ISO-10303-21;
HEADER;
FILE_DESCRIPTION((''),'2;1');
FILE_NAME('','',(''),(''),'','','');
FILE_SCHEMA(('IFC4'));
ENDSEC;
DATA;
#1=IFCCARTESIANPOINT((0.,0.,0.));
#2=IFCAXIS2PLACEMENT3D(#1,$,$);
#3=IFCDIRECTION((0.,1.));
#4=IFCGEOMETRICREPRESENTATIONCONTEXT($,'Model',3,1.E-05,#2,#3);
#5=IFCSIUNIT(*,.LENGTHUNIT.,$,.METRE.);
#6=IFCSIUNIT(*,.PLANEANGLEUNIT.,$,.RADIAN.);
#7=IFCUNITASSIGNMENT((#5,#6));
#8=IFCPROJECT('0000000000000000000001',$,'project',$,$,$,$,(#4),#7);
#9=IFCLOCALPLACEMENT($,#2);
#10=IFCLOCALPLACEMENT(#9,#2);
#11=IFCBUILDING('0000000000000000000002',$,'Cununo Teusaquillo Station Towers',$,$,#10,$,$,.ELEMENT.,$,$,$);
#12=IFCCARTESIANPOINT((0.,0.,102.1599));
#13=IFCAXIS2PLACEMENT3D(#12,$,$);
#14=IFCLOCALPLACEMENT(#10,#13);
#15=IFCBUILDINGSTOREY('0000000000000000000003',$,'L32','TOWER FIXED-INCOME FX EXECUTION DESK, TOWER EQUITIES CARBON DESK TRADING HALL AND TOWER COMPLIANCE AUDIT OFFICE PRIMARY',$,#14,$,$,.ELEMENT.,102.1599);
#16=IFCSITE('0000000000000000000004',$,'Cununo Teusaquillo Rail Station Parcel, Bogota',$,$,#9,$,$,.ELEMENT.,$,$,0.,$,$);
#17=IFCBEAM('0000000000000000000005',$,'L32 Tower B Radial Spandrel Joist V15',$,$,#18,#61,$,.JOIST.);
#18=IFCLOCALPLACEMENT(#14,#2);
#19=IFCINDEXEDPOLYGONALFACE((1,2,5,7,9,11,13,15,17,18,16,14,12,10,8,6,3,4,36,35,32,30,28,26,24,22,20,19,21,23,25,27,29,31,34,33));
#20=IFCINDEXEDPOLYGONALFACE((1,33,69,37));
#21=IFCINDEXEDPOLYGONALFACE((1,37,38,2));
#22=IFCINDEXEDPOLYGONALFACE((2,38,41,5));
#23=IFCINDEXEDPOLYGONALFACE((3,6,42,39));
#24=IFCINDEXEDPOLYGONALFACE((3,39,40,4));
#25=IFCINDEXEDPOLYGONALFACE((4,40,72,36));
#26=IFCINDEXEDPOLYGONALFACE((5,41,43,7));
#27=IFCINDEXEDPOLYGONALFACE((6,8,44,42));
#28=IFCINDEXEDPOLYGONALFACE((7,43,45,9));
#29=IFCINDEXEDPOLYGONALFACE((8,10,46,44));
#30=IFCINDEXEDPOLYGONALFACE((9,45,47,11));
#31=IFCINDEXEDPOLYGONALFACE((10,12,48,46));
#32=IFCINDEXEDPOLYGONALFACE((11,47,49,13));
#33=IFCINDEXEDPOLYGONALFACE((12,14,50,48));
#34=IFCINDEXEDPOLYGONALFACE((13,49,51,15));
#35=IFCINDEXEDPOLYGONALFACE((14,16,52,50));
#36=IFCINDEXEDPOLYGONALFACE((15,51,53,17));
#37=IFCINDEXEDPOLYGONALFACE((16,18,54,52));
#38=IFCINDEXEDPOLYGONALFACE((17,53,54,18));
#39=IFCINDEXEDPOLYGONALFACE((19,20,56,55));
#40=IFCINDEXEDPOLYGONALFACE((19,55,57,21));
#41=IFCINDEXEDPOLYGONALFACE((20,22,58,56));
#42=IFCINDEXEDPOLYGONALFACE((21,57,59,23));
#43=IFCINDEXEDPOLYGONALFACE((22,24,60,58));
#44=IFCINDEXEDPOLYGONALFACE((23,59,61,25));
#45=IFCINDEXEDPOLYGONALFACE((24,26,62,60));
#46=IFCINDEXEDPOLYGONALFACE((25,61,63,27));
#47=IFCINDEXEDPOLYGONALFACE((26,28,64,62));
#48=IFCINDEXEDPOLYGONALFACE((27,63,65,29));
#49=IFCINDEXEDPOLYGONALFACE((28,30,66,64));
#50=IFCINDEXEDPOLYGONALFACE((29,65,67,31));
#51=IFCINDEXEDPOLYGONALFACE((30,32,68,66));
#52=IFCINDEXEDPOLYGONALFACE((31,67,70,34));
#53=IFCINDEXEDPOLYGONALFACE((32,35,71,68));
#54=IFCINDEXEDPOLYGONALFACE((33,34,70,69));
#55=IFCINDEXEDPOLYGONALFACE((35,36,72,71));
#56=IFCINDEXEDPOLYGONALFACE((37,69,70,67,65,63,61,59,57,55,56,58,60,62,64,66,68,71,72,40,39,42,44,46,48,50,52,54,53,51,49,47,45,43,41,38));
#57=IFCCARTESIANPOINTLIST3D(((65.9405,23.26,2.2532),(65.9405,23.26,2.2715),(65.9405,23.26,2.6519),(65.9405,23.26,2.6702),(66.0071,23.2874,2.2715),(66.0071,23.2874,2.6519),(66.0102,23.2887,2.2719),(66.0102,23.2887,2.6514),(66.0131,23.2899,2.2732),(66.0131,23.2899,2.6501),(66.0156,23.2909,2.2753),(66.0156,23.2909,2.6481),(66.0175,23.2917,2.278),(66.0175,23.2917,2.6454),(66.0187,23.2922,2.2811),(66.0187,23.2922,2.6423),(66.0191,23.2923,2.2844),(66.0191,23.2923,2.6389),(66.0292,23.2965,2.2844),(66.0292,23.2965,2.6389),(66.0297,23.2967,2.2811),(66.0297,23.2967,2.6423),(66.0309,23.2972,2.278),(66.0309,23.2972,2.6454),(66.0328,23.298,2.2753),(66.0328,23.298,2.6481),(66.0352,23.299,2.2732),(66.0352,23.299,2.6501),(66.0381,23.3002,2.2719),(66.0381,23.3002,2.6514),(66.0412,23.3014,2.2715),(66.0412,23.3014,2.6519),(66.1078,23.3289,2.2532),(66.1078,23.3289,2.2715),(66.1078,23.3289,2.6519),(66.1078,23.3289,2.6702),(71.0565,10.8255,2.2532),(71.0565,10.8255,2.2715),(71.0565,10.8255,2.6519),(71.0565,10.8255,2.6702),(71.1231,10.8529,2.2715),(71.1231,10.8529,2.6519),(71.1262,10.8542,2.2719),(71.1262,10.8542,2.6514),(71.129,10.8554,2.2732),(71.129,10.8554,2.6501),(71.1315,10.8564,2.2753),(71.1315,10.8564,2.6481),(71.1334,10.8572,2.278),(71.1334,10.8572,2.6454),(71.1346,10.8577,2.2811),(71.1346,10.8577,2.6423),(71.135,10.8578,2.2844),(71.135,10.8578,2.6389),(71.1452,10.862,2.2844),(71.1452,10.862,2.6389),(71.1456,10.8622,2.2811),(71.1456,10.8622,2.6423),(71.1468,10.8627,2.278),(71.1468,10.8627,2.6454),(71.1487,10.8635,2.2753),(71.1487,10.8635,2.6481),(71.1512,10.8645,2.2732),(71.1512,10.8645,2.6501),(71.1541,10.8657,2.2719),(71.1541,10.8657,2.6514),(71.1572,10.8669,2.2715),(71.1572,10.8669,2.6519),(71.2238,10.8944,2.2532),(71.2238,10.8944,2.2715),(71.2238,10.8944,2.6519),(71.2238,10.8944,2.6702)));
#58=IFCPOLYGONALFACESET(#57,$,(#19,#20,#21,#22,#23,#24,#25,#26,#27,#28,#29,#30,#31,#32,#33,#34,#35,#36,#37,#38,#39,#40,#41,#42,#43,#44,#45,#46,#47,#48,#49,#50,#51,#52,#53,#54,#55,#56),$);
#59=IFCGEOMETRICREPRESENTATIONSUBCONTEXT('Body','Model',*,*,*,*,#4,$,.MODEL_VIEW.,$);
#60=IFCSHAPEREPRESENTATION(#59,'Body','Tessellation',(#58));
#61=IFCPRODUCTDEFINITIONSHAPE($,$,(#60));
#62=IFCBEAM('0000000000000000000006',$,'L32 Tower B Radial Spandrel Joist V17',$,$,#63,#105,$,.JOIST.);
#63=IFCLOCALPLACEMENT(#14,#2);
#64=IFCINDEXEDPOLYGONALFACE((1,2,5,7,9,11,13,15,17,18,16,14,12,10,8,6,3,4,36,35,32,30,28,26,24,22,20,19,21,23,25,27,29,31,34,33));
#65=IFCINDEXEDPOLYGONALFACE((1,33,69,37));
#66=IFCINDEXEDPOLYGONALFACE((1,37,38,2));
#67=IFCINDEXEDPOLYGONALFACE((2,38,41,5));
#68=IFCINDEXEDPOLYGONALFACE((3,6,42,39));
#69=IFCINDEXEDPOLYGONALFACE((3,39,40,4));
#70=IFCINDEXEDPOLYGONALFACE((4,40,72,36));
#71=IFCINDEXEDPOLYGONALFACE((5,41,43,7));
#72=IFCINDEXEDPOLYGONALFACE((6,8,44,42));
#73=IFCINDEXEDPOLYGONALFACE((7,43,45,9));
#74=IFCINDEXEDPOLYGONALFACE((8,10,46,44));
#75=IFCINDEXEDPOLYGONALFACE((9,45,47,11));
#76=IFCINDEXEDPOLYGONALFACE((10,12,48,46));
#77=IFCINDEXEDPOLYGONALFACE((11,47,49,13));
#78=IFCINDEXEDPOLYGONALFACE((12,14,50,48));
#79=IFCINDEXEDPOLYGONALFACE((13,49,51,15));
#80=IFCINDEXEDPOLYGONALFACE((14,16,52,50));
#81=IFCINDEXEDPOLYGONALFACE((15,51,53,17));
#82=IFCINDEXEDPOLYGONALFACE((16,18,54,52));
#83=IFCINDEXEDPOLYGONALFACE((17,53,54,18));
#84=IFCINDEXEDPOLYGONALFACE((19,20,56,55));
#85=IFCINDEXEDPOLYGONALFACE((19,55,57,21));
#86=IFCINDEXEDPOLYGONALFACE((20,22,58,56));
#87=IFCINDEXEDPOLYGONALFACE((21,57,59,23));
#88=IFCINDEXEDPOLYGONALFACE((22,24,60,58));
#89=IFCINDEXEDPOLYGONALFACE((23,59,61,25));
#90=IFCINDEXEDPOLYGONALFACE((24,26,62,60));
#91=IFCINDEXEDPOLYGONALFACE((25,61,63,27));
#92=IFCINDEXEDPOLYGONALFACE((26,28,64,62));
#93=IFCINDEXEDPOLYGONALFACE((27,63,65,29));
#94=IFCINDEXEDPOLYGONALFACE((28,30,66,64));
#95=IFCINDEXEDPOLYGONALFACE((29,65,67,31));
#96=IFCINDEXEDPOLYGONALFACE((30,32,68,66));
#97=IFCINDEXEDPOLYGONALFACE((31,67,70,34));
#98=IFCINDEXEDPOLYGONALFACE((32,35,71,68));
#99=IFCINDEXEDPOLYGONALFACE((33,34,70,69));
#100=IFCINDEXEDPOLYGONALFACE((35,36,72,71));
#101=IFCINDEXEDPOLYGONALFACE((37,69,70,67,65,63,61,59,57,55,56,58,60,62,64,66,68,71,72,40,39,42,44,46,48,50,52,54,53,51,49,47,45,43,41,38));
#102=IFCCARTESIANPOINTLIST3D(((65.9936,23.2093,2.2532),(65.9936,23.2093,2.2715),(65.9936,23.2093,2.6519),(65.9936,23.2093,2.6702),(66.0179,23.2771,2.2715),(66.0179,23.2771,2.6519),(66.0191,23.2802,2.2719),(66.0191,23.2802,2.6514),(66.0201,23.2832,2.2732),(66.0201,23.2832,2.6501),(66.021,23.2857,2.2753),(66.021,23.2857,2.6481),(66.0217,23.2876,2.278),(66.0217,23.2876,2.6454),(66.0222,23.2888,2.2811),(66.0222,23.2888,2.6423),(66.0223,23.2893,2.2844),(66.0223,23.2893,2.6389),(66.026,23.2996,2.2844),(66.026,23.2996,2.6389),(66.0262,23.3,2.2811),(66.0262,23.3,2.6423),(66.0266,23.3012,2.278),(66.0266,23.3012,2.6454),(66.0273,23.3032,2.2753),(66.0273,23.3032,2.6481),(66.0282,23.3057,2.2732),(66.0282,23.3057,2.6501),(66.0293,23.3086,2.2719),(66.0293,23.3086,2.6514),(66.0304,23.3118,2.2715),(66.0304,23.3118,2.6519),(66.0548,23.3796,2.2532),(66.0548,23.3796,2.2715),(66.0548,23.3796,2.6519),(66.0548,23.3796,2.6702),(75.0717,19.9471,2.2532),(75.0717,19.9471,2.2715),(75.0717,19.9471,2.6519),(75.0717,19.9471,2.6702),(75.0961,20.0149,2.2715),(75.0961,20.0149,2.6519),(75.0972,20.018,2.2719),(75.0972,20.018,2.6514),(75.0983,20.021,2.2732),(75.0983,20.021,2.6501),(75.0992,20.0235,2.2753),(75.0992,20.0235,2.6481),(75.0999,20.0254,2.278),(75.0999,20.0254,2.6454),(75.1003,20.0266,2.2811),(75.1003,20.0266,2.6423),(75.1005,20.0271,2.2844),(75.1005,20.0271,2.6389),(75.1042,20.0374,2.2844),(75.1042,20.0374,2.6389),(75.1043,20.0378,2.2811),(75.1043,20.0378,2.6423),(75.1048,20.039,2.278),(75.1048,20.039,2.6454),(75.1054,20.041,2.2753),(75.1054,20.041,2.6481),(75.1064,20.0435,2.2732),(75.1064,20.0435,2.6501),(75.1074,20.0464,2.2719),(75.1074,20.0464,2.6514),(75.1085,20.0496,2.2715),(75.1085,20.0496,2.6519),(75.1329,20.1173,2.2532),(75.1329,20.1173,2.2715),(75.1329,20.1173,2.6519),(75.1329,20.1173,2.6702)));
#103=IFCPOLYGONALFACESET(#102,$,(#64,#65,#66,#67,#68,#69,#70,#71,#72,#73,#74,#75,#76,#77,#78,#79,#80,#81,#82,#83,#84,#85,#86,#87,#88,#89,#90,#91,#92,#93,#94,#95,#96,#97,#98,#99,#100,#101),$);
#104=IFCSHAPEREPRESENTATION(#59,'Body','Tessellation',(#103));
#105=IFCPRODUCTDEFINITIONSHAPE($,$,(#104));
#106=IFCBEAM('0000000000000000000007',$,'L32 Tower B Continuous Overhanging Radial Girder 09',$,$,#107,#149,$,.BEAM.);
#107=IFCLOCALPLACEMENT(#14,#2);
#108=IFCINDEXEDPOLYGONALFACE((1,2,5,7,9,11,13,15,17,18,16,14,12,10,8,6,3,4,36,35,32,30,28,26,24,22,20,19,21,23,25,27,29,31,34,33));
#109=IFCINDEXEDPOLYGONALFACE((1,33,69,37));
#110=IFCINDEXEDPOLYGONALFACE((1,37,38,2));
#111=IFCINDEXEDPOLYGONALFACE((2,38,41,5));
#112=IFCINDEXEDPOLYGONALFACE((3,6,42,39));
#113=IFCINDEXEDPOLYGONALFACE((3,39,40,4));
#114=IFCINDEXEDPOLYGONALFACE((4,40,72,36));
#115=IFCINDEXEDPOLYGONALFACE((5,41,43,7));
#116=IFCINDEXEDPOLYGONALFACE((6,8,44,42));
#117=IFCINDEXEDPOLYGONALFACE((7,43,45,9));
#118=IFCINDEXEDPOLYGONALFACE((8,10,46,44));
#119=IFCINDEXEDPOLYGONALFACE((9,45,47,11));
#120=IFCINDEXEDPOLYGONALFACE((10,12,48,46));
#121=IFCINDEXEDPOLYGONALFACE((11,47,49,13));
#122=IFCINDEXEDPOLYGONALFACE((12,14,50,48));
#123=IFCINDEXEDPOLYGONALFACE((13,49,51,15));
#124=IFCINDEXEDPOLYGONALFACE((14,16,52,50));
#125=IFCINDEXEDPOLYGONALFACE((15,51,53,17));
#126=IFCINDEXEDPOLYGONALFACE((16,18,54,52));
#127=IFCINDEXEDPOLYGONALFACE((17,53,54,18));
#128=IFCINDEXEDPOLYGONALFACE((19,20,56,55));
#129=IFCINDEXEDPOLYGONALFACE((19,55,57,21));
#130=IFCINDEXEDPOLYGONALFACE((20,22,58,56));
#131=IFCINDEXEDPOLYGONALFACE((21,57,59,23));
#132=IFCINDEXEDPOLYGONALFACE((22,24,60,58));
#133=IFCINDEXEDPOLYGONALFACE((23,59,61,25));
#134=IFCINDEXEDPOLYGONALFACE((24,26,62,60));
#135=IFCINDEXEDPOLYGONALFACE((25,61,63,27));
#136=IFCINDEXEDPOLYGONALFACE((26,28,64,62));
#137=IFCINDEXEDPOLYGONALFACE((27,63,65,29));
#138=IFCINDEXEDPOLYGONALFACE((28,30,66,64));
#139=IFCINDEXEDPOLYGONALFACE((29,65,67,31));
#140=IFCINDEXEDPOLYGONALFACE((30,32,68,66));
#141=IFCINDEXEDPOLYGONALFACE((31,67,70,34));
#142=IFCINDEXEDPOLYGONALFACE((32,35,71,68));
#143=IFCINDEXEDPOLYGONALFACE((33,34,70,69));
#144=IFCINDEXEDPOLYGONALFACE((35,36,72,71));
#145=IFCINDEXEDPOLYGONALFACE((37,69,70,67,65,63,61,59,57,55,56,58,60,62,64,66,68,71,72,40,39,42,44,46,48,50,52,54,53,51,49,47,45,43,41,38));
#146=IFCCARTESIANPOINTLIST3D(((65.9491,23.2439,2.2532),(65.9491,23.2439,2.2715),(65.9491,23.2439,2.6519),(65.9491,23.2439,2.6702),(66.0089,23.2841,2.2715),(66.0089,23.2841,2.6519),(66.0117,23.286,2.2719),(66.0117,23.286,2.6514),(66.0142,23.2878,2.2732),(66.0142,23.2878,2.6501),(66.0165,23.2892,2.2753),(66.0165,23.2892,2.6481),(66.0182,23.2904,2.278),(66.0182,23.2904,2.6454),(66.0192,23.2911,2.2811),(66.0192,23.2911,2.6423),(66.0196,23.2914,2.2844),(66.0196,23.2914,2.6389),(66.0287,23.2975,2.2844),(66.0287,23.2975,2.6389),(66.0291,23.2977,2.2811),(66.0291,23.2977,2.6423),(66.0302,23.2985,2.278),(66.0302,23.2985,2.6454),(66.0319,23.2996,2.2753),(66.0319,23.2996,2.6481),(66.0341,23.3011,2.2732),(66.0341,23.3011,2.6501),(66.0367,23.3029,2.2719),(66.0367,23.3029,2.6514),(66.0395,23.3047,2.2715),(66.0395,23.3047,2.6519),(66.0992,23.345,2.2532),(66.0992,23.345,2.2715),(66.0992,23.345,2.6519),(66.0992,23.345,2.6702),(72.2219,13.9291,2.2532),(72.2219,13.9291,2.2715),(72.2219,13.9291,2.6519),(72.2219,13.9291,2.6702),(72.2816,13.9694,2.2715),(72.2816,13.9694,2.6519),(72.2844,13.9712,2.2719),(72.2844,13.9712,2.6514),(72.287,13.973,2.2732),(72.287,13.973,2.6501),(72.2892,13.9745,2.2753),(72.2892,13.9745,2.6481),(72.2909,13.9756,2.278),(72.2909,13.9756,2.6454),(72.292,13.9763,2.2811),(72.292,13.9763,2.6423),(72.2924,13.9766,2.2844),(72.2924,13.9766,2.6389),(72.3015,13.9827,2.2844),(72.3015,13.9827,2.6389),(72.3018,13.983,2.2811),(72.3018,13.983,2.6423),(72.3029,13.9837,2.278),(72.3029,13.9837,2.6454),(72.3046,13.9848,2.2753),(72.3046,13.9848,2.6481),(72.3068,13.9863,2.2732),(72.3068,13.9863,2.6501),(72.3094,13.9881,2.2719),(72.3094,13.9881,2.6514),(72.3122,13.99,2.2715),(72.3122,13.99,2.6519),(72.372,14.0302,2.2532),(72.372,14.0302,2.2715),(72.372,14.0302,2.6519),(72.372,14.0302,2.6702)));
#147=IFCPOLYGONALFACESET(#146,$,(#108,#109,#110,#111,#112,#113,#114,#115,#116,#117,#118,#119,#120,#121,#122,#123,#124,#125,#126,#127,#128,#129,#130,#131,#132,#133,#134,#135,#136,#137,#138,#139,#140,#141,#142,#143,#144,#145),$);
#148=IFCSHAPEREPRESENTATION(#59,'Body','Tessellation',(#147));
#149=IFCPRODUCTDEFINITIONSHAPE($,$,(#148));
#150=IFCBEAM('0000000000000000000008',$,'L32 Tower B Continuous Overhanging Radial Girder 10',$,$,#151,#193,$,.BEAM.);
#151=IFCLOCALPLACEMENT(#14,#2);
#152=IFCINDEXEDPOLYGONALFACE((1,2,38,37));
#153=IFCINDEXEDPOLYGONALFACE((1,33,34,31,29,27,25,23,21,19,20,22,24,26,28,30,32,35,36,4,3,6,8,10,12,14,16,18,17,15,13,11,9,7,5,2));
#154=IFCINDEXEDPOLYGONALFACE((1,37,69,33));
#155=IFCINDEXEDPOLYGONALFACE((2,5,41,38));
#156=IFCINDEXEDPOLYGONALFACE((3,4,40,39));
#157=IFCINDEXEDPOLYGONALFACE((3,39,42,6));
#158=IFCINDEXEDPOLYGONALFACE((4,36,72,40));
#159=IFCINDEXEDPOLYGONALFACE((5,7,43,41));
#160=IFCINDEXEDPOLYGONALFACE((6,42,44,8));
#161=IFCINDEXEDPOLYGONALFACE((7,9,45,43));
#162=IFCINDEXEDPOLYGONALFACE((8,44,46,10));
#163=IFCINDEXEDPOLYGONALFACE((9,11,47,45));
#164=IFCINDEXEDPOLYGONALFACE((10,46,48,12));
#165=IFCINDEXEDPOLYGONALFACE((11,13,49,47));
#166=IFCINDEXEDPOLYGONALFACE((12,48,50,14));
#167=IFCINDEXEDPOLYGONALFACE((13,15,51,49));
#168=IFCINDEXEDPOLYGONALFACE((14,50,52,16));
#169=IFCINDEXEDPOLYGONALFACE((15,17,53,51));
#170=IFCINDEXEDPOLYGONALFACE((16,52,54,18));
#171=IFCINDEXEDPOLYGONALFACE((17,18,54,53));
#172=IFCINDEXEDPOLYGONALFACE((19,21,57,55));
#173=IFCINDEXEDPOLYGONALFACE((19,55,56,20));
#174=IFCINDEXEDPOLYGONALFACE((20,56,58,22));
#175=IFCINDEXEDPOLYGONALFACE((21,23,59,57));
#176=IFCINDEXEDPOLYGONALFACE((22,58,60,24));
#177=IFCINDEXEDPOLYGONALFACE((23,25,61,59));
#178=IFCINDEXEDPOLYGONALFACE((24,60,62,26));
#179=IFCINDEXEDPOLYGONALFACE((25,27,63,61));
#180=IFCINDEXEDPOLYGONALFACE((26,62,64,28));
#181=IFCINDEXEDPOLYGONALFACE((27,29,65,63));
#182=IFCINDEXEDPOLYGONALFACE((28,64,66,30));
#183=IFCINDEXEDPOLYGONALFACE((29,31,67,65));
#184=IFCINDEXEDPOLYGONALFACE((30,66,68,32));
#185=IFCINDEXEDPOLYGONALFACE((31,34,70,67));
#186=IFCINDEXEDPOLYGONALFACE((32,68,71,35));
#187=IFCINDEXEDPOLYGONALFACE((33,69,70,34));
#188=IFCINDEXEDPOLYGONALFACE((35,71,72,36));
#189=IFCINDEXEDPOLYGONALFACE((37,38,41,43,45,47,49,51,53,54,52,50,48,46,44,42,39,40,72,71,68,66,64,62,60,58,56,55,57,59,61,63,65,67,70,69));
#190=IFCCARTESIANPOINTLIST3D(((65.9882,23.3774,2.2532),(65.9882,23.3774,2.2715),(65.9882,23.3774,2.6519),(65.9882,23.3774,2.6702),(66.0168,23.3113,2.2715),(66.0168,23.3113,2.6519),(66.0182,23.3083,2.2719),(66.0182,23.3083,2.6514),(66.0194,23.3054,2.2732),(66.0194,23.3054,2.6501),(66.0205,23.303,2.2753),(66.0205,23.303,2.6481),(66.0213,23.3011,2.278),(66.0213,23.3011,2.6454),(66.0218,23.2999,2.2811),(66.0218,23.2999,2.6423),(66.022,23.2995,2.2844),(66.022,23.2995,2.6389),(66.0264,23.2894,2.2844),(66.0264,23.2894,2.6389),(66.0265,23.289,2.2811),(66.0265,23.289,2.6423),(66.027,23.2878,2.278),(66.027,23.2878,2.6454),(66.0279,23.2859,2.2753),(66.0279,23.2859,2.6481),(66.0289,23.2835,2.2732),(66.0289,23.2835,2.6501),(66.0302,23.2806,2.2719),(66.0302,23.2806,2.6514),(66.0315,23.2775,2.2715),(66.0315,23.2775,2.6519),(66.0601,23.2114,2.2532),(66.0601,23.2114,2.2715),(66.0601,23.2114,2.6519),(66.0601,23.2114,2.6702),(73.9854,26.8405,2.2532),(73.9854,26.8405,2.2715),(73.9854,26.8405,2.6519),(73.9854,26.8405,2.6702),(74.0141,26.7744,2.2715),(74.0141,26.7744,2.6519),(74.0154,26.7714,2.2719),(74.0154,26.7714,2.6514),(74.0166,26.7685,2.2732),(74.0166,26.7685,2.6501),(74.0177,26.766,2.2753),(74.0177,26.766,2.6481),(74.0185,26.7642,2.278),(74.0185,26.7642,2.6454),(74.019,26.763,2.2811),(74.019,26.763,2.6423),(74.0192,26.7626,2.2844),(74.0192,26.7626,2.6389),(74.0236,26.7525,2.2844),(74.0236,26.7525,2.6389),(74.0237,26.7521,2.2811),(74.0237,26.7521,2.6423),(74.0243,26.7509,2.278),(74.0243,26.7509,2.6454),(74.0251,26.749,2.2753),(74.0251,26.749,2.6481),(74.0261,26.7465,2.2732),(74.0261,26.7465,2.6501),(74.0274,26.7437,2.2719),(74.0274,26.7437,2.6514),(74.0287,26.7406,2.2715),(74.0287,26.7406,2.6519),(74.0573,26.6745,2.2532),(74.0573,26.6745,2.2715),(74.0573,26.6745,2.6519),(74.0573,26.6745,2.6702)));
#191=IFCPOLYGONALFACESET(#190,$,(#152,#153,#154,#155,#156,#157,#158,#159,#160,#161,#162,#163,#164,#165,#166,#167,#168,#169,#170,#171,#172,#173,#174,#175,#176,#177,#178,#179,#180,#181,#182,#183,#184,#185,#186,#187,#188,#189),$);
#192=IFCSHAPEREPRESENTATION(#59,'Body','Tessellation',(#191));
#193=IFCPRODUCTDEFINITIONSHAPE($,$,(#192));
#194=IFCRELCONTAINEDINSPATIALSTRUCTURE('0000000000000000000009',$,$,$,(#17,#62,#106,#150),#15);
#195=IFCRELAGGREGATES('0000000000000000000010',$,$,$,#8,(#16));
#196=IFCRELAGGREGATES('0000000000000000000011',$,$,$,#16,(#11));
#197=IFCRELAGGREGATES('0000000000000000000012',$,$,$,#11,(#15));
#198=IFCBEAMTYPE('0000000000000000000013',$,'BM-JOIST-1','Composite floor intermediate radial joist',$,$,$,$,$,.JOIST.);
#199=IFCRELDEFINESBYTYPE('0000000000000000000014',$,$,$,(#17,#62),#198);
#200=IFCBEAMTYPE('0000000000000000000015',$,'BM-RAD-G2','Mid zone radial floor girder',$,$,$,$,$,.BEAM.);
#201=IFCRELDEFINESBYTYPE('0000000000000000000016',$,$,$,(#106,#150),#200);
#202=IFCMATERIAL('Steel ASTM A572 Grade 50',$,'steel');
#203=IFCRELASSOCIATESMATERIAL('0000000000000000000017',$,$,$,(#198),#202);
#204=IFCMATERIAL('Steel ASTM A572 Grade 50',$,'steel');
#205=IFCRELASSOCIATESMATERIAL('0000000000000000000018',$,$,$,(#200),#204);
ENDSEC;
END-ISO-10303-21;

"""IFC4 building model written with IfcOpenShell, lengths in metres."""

from ifc_helpers import new_model, si_unit, direction, frame, origin, origin_2d, place, context, subcontext, project, spatial, i_section, extrude, material, material_profile, profile_set, type_object, element, save


model = new_model("IFC4")

# Units and contexts
model_context = context("Model", 3, precision=1e-05, world=origin(), true_north=direction((0.0, 1.0)))
body_context = subcontext(model_context, "Body", "Model", "MODEL_VIEW")
ifc_project = project(units=[si_unit("LENGTHUNIT", "METRE"), si_unit("PLANEANGLEUNIT", "RADIAN")], contexts=[model_context])

# Site, building, storey
site_placement = place(None, origin())
site = spatial("IfcSite", under=ifc_project, at=site_placement, Name="Cununo Teusaquillo Rail Station Parcel, Bogota", CompositionType="ELEMENT", RefElevation=0.0)
building_placement = place(site_placement, origin())
building = spatial("IfcBuilding", under=site, at=building_placement, Name="Cununo Teusaquillo Station Towers", CompositionType="ELEMENT")
storey_placement = place(building_placement, frame((0.0, 0.0, 102.1599)))
storey = spatial("IfcBuildingStorey", under=building, at=storey_placement, Name="L32", Description="TOWER FIXED-INCOME FX EXECUTION DESK, TOWER EQUITIES CARBON DESK TRADING HALL AND TOWER COMPLIANCE AUDIT OFFICE PRIMARY", CompositionType="ELEMENT", Elevation=102.1599)

# Beams
ifc_material_1 = material(Name="Steel ASTM A572 Grade 50", Category="steel")
ifc_material_profile_1 = material_profile(ifc_material_1, i_section(OverallWidth=0.1809, OverallDepth=0.417, WebThickness=0.011, FlangeThickness=0.0183, FilletRadius=0.0129, at=origin_2d()), Name="W16X57")
ifc_profile_set_1 = profile_set([ifc_material_profile_1], Name="Steel ASTM A572 Grade 50")
beam_type_1 = type_object("IfcBeamType", Name="BM-JOIST-1", Description="Composite floor intermediate radial joist", PredefinedType="JOIST", material=ifc_profile_set_1)
beam_1_placement = place(storey_placement, frame((66.0242, 23.2944, 2.4617), z_axis=(0.380486, -0.924787, 0.0), x_axis=(0.924787, 0.380486, 0.0)))
element("IfcBeam", 1, at=beam_1_placement, inside=storey, type_object=beam_type_1, Name="L32 Tower B Radial Spandrel Joist V15", PredefinedType="JOIST", context=body_context, shape_type="SweptSolid", body=[
    extrude(i_section(OverallWidth=0.1809, OverallDepth=0.417, WebThickness=0.011, FlangeThickness=0.0183, FilletRadius=0.0129, at=origin_2d()), origin(), (0.0, 0.0, 1.0), 13.4458),
])
beam_2_placement = place(storey_placement, frame((66.0242, 23.2944, 2.4617), z_axis=(0.941083, -0.338176, 0.0), x_axis=(0.338176, 0.941083, 0.0)))
element("IfcBeam", 2, at=beam_2_placement, inside=storey, type_object=beam_type_1, Name="L32 Tower B Radial Spandrel Joist V17", PredefinedType="JOIST", context=body_context, shape_type="SweptSolid", body=[
    extrude(i_section(OverallWidth=0.1809, OverallDepth=0.417, WebThickness=0.011, FlangeThickness=0.0183, FilletRadius=0.0129, at=origin_2d()), origin(), (0.0, 0.0, 1.0), 9.6465),
])
ifc_material_2 = material(Name="Steel ASTM A572 Grade 50", Category="steel")
ifc_material_profile_2 = material_profile(ifc_material_2, i_section(OverallWidth=0.1809, OverallDepth=0.417, WebThickness=0.011, FlangeThickness=0.0183, FilletRadius=0.0129, at=origin_2d()), Name="W16X57")
ifc_profile_set_2 = profile_set([ifc_material_profile_2], Name="Steel ASTM A572 Grade 50")
beam_type_2 = type_object("IfcBeamType", Name="BM-RAD-G2", Description="Mid zone radial floor girder", PredefinedType="BEAM", material=ifc_profile_set_2)
beam_3_placement = place(storey_placement, frame((66.0242, 23.2944, 2.4617), z_axis=(0.558572, -0.829456, 0.0), x_axis=(0.829456, 0.558572, 0.0)))
element("IfcBeam", 3, at=beam_3_placement, inside=storey, type_object=beam_type_2, Name="L32 Tower B Continuous Overhanging Radial Girder 09", PredefinedType="BEAM", context=body_context, shape_type="SweptSolid", body=[
    extrude(i_section(OverallWidth=0.1809, OverallDepth=0.417, WebThickness=0.011, FlangeThickness=0.0183, FilletRadius=0.0129, at=origin_2d()), origin(), (0.0, 0.0, 1.0), 11.23),
])
beam_4_placement = place(storey_placement, frame((66.0242, 23.2944, 2.4617), z_axis=(0.917655, 0.397379, 0.0), x_axis=(-0.397379, 0.917655, 0.0)))
element("IfcBeam", 4, at=beam_4_placement, inside=storey, type_object=beam_type_2, Name="L32 Tower B Continuous Overhanging Radial Girder 10", PredefinedType="BEAM", context=body_context, shape_type="SweptSolid", body=[
    extrude(i_section(OverallWidth=0.1809, OverallDepth=0.417, WebThickness=0.011, FlangeThickness=0.0183, FilletRadius=0.0129, at=origin_2d()), origin(), (0.0, 0.0, 1.0), 8.7148),
])

save(model, "model.ifc")
